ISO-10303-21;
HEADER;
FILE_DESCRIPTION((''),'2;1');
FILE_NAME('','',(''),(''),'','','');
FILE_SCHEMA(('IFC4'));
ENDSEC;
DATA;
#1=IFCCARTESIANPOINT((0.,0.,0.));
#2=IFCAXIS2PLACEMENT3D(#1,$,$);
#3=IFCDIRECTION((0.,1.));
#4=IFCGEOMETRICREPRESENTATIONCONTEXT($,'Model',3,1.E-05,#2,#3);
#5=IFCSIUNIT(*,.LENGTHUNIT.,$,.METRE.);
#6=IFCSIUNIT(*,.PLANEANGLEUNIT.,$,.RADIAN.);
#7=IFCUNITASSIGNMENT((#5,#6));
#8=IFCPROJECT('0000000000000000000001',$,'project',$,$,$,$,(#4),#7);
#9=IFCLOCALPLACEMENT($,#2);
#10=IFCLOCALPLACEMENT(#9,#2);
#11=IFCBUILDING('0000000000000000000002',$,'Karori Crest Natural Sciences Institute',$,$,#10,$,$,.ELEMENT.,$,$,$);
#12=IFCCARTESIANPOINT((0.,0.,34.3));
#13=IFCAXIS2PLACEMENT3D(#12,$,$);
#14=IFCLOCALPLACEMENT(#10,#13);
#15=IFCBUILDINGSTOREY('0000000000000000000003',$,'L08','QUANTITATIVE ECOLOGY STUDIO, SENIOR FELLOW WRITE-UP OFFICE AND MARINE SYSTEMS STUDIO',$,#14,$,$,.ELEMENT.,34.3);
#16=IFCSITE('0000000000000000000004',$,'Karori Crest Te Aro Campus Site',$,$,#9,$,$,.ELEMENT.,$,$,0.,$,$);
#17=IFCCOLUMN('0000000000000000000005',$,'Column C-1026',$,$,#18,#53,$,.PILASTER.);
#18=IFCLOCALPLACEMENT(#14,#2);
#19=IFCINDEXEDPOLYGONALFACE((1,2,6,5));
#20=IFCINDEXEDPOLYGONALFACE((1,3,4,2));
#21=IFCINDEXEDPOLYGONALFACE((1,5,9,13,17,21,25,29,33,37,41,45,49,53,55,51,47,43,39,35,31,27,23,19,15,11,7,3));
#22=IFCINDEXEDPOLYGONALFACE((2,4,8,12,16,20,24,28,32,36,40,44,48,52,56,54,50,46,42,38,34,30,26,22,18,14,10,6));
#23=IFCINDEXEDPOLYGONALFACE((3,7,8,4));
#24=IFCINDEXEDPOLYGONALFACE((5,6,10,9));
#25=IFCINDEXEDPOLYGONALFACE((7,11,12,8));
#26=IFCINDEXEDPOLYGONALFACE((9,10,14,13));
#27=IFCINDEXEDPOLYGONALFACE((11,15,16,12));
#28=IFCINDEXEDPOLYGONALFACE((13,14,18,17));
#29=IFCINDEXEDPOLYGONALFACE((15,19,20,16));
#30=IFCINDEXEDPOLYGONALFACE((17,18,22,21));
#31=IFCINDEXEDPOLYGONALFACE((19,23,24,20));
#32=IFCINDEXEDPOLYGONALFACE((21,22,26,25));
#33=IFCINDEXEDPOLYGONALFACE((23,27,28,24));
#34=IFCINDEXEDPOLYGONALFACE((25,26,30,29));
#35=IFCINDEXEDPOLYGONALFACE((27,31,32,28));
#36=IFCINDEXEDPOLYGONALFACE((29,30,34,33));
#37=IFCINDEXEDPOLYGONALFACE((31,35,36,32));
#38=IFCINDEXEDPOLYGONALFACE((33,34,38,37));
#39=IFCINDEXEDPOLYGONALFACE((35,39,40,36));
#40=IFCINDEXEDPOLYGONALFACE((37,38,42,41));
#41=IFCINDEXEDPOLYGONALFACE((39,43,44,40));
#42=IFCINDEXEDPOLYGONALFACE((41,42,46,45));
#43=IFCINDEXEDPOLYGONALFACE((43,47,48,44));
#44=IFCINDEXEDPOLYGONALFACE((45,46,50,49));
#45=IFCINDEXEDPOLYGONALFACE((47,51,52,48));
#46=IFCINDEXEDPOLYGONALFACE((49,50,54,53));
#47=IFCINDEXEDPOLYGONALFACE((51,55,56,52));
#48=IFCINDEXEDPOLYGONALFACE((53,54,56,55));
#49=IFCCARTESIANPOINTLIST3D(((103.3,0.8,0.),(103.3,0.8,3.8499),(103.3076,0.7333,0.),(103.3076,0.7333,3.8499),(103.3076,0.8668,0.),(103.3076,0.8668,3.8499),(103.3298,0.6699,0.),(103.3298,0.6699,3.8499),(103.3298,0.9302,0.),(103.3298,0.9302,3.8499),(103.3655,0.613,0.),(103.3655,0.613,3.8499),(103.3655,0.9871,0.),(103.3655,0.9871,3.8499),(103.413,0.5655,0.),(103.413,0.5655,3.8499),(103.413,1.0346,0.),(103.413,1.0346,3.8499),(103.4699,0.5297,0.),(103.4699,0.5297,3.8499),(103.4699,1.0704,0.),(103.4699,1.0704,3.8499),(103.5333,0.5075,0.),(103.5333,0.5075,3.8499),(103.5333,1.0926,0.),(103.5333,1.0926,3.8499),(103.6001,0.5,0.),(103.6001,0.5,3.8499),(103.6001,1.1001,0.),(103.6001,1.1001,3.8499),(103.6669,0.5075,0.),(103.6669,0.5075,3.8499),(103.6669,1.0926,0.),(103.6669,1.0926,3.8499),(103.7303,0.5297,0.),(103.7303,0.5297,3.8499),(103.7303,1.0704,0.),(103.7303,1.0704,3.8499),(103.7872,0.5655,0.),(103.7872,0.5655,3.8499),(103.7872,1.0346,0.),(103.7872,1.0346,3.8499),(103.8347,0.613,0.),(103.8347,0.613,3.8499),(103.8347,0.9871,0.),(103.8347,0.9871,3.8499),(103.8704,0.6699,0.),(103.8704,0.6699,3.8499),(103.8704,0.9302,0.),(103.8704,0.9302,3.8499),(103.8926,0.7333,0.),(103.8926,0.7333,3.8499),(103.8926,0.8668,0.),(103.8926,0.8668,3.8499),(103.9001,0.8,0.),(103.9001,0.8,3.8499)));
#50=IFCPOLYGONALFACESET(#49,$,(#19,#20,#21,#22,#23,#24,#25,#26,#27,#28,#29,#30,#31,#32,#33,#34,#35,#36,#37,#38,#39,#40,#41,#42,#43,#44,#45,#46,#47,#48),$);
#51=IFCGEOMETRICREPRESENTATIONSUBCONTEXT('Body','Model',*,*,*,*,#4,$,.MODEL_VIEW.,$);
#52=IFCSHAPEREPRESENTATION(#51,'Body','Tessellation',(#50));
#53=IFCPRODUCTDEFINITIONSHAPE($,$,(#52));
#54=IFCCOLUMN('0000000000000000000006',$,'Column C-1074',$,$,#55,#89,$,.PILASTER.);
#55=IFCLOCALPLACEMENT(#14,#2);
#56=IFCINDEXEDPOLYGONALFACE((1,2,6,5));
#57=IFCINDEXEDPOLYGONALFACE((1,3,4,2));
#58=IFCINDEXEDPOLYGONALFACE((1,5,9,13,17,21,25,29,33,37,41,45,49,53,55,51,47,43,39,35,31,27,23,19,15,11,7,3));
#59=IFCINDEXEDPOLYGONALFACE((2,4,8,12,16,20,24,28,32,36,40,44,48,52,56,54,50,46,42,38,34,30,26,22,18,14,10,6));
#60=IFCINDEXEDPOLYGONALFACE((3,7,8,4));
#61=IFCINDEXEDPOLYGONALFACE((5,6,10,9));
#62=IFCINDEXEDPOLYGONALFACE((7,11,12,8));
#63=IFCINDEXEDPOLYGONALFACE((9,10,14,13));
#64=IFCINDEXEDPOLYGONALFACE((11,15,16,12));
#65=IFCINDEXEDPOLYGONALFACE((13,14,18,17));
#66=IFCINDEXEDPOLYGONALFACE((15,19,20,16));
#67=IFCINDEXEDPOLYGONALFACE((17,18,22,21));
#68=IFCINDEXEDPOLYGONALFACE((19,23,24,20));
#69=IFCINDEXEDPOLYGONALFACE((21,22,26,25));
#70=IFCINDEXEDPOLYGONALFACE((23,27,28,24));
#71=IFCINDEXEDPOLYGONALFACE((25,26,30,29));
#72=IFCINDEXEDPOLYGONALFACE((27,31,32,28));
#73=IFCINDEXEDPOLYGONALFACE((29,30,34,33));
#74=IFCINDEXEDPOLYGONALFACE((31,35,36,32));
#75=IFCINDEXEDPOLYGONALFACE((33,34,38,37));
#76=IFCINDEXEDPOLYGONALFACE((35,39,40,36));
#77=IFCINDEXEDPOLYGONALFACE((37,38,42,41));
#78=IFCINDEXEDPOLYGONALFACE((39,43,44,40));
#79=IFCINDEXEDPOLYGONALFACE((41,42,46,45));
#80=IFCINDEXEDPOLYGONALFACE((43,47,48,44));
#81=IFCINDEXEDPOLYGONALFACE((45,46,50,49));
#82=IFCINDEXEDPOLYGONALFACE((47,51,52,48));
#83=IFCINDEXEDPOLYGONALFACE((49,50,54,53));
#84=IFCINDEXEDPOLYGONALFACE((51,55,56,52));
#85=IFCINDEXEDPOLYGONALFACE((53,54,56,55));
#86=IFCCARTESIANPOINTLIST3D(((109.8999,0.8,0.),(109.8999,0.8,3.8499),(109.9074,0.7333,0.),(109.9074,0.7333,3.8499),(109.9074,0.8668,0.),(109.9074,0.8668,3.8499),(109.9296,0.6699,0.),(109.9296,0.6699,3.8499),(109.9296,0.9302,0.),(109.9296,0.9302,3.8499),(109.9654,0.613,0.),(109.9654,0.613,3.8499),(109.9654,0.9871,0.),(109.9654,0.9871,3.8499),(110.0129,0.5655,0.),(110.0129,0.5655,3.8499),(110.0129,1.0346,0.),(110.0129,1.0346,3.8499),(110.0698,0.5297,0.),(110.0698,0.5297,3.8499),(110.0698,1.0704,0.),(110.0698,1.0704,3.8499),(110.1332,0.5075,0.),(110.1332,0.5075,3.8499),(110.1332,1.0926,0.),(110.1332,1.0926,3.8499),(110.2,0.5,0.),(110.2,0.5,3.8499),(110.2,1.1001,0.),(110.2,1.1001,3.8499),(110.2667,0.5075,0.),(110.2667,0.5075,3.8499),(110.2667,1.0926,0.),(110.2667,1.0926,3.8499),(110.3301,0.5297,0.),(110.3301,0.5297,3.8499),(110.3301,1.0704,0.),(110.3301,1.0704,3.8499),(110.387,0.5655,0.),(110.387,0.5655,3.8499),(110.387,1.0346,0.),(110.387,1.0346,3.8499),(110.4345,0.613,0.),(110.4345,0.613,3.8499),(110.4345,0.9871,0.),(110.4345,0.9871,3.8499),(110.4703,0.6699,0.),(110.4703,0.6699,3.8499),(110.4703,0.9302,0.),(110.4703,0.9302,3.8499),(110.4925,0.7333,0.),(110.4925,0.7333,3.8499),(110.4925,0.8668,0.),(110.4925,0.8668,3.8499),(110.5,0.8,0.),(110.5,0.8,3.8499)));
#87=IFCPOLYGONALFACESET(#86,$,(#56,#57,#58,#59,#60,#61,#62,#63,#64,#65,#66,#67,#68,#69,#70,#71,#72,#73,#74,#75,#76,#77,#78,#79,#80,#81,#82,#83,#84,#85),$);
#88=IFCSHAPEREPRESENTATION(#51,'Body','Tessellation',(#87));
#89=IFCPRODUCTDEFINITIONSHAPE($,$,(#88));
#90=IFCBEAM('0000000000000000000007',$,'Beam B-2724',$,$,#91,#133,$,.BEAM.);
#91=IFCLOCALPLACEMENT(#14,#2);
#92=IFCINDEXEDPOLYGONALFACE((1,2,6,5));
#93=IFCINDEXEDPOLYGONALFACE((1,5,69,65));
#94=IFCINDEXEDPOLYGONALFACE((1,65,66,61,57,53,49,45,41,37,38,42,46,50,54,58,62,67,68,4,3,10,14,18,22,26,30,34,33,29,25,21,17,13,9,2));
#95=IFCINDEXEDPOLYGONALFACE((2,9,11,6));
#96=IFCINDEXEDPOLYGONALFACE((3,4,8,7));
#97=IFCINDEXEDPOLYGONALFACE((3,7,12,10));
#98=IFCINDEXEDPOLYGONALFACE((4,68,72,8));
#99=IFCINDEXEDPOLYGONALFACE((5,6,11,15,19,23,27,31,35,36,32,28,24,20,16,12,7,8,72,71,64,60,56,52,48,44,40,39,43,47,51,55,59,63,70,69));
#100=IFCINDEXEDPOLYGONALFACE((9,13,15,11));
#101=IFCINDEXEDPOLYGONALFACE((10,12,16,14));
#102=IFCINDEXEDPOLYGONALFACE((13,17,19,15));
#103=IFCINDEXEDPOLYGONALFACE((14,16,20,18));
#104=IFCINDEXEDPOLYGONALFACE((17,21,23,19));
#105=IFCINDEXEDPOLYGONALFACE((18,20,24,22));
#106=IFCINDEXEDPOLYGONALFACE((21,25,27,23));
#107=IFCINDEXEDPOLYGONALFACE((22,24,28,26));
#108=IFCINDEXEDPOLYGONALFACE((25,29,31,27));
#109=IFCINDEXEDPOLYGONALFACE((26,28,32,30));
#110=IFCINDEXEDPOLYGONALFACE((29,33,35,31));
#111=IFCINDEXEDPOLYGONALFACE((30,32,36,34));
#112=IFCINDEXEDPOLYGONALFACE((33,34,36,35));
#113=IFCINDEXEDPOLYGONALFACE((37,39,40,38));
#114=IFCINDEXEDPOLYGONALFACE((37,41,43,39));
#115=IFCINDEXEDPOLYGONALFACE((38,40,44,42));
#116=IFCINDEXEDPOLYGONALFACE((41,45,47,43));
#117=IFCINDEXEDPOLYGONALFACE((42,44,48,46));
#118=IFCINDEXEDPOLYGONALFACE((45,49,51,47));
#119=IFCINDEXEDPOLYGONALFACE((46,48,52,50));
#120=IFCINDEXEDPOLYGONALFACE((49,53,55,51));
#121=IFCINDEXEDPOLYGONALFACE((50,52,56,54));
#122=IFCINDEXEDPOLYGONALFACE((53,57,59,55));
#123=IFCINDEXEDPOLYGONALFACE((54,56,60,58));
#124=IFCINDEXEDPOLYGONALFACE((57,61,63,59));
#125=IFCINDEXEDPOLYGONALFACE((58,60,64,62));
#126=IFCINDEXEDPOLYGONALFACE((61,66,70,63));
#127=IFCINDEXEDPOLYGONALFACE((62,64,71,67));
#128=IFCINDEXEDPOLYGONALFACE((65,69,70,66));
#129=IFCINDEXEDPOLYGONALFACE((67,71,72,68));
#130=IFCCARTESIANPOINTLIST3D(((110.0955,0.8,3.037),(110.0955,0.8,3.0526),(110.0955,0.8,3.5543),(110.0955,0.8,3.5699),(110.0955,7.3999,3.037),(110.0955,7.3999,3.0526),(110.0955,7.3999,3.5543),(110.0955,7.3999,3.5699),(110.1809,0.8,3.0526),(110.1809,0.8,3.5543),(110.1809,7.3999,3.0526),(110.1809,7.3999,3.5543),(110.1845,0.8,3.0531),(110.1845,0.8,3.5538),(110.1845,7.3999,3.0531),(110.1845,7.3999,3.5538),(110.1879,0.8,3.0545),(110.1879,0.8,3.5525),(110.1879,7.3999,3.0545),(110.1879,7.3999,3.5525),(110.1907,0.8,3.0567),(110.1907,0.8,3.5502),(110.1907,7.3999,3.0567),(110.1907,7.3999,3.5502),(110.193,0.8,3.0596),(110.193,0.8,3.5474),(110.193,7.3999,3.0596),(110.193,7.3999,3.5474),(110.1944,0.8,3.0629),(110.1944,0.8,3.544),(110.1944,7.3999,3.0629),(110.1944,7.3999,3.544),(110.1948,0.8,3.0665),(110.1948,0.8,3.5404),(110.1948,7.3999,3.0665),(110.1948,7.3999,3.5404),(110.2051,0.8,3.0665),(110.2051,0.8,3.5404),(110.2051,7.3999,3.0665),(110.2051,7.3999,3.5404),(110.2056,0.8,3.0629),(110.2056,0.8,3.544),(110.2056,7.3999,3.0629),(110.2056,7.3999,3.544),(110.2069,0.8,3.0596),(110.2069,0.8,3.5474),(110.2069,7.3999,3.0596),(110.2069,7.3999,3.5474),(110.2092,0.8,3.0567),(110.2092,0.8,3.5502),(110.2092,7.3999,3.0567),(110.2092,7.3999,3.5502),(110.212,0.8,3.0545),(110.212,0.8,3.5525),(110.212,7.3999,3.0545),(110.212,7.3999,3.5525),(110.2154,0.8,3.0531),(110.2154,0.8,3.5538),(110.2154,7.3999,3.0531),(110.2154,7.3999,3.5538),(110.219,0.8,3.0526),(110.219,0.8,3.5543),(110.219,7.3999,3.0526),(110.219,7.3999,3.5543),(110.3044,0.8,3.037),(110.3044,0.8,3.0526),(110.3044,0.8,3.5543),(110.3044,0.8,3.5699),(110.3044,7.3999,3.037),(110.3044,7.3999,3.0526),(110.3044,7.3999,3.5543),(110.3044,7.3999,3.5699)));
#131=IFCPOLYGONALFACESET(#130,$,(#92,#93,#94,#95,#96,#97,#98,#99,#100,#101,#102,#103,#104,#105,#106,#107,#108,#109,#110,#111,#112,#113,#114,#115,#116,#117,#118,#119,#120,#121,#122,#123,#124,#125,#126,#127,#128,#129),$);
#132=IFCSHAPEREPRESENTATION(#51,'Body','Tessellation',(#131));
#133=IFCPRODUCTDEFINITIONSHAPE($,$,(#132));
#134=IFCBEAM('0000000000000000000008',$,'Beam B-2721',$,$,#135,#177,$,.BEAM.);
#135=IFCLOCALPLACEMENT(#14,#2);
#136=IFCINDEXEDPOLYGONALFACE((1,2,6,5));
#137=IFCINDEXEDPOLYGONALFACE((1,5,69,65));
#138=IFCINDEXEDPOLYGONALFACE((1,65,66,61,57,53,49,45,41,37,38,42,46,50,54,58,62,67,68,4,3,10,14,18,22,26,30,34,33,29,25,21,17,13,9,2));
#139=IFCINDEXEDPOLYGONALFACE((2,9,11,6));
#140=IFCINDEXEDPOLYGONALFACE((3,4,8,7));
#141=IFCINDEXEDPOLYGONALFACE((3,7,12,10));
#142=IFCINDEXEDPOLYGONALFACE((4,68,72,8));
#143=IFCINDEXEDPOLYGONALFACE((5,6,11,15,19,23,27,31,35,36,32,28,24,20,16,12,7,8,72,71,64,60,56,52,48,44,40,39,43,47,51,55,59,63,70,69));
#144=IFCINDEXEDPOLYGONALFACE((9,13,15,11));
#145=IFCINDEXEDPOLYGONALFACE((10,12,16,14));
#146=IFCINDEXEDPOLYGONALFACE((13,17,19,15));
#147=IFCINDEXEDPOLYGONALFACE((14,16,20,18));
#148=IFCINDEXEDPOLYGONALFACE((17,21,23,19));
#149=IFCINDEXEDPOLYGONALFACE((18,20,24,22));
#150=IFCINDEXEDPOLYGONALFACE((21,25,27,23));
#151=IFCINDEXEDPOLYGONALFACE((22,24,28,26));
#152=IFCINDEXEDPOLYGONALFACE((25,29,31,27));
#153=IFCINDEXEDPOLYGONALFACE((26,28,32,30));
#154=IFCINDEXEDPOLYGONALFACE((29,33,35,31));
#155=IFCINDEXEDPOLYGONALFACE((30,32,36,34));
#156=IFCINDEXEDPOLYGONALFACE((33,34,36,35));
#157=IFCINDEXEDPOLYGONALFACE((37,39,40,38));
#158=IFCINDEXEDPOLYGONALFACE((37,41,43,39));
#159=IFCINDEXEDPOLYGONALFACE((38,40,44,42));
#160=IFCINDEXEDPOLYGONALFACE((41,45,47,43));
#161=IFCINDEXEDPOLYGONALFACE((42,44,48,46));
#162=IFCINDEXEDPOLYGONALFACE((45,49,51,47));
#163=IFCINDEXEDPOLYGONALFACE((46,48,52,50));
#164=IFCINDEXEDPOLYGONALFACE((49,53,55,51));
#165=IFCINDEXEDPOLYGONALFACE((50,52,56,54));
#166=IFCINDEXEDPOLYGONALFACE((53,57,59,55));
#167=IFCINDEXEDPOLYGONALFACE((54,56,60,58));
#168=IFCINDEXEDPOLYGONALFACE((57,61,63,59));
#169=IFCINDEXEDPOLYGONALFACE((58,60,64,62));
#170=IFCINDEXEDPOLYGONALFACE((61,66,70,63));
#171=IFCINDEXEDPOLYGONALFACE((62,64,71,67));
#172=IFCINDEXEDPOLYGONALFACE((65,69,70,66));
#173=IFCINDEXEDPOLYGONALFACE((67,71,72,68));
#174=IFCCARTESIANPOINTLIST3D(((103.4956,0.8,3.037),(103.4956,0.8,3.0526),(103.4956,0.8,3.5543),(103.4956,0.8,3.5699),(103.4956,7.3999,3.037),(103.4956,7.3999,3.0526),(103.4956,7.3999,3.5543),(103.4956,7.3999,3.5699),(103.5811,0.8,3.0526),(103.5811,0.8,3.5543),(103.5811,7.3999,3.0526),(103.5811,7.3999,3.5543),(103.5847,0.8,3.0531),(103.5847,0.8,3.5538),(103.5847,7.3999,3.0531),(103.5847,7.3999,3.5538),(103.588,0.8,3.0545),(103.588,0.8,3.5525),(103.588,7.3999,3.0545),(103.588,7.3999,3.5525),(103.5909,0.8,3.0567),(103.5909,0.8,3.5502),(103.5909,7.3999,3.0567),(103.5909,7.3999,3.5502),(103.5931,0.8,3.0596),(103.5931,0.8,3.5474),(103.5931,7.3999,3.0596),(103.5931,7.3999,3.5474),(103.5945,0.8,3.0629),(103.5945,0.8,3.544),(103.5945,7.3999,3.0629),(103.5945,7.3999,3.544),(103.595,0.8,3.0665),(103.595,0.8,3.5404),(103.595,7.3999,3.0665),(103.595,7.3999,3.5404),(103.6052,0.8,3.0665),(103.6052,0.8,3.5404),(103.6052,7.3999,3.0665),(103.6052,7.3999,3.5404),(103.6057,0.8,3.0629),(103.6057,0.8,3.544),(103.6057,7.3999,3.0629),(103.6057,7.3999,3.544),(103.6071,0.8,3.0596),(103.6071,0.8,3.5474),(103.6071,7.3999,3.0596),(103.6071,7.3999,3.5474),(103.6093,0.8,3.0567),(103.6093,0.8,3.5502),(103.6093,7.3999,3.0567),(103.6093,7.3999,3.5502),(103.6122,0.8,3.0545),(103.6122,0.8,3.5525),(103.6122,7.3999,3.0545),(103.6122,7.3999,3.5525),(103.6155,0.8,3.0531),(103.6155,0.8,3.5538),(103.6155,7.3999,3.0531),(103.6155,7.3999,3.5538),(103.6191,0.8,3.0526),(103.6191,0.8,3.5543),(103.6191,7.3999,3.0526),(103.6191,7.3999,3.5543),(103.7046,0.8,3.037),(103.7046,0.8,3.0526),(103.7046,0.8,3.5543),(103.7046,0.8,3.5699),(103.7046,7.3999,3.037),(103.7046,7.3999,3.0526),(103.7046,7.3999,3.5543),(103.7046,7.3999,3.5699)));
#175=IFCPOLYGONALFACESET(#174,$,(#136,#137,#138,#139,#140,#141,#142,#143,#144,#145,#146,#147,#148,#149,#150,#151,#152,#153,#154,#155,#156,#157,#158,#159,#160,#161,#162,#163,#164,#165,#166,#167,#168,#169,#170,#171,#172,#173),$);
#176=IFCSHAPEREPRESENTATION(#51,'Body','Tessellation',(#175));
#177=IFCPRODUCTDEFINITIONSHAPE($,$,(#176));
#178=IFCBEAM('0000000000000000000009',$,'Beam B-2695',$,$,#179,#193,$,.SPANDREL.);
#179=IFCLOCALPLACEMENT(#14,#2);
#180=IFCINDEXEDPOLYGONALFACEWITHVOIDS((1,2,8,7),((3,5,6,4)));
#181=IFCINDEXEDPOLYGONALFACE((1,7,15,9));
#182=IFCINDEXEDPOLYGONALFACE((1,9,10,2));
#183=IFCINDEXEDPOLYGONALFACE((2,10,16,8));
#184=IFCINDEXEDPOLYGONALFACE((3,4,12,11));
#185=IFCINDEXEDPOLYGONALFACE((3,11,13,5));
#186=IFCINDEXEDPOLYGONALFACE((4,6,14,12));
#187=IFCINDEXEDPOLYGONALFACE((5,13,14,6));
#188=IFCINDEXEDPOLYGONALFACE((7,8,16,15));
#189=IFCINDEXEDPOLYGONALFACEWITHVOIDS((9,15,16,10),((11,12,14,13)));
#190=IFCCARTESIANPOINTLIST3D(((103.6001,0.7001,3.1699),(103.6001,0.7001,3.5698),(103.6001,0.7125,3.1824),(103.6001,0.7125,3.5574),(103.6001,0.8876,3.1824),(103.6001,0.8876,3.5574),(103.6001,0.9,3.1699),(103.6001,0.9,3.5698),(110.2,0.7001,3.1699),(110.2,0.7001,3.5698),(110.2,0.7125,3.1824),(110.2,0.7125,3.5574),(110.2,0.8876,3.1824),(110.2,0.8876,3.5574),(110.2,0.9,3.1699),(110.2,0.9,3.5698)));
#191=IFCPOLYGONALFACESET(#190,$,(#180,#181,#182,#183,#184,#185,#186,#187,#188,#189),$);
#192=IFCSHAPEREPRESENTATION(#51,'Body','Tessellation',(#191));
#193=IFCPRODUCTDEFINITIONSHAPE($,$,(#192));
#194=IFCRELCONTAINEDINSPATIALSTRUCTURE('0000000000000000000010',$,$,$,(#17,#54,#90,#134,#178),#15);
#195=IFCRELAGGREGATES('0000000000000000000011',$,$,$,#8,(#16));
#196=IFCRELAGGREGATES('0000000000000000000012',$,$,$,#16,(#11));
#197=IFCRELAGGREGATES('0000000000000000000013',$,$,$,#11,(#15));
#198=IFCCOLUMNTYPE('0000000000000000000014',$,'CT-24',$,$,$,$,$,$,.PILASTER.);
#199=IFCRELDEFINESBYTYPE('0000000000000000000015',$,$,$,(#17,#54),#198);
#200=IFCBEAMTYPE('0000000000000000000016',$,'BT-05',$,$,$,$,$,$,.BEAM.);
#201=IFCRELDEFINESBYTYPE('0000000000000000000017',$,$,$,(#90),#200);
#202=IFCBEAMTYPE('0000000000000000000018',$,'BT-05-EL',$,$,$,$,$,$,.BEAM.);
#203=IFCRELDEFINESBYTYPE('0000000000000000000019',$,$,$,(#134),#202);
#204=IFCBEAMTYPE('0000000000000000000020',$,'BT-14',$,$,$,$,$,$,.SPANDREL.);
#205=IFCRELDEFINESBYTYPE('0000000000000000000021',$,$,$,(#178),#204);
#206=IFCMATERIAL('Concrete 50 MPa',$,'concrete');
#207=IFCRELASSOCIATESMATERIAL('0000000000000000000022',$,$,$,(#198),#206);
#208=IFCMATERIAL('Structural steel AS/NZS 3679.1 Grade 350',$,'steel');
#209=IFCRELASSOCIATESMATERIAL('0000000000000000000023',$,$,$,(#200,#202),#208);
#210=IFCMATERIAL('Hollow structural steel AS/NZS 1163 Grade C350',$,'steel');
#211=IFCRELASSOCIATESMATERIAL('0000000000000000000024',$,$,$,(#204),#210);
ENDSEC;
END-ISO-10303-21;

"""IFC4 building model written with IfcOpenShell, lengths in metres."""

from ifc_helpers import new_model, si_unit, direction, frame, origin, origin_2d, place, context, subcontext, project, spatial, hollow_rectangle, circle, i_section, extrude, material, material_profile, profile_set, type_object, element, save


model = new_model("IFC4")

# Units and contexts
model_context = context("Model", 3, precision=1e-05, world=origin(), true_north=direction((0.0, 1.0)))
body_context = subcontext(model_context, "Body", "Model", "MODEL_VIEW")
ifc_project = project(units=[si_unit("LENGTHUNIT", "METRE"), si_unit("PLANEANGLEUNIT", "RADIAN")], contexts=[model_context])

# Site, building, storey
site_placement = place(None, origin())
site = spatial("IfcSite", under=ifc_project, at=site_placement, Name="Karori Crest Te Aro Campus Site", CompositionType="ELEMENT", RefElevation=0.0)
building_placement = place(site_placement, origin())
building = spatial("IfcBuilding", under=site, at=building_placement, Name="Karori Crest Natural Sciences Institute", CompositionType="ELEMENT")
storey_placement = place(building_placement, frame((0.0, 0.0, 34.3)))
storey = spatial("IfcBuildingStorey", under=building, at=storey_placement, Name="L08", Description="QUANTITATIVE ECOLOGY STUDIO, SENIOR FELLOW WRITE-UP OFFICE AND MARINE SYSTEMS STUDIO", CompositionType="ELEMENT", Elevation=34.3)

# Columns
ifc_material_1 = material(Name="Concrete 50 MPa", Category="concrete")
ifc_material_profile_1 = material_profile(ifc_material_1, circle(Radius=0.3, at=origin_2d()), Name="RCC600")
ifc_profile_set_1 = profile_set([ifc_material_profile_1], Name="Concrete 50 MPa")
column_type = type_object("IfcColumnType", Name="CT-24", PredefinedType="PILASTER", material=ifc_profile_set_1)
for number, where, z_axis, x_axis, name in (
    (1, (103.6001, 0.8, 0.0), (0.0, 0.0, 1.0), (1.0, 0.0, 0.0), "Column C-1026"),
    (2, (110.2, 0.8, 0.0), (0.0, 0.0, 1.0), (1.0, 0.0, 0.0), "Column C-1074"),
):
    element("IfcColumn", number, at=place(storey_placement, frame(where, z_axis=z_axis, x_axis=x_axis)), inside=storey, type_object=column_type, Name=name, PredefinedType="PILASTER", context=body_context, shape_type="SweptSolid", body=[
        extrude(circle(Radius=0.3, at=origin_2d()), origin(), (0.0, 0.0, 1.0), 3.8499),
    ])

# Beams
ifc_material_2 = material(Name="Structural steel AS/NZS 3679.1 Grade 350", Category="steel")
ifc_material_profile_2 = material_profile(ifc_material_2, i_section(OverallWidth=0.209, OverallDepth=0.533, WebThickness=0.0103, FlangeThickness=0.0156, FilletRadius=0.0139, at=origin_2d()), Name="530UB92.4")
ifc_profile_set_2 = profile_set([ifc_material_profile_2], Name="Structural steel AS/NZS 3679.1 Grade 350")
beam_type_1 = type_object("IfcBeamType", Name="BT-05", PredefinedType="BEAM", material=ifc_profile_set_2)
beam_1_placement = place(storey_placement, frame((110.2, 0.8, 3.3035), z_axis=(0.0, 1.0, 0.0), x_axis=(-1.0, 0.0, 0.0)))
element("IfcBeam", 3, at=beam_1_placement, inside=storey, type_object=beam_type_1, Name="Beam B-2724", PredefinedType="BEAM", context=body_context, shape_type="SweptSolid", body=[
    extrude(i_section(OverallWidth=0.209, OverallDepth=0.533, WebThickness=0.0103, FlangeThickness=0.0156, FilletRadius=0.0139, at=origin_2d()), origin(), (0.0, 0.0, 1.0), 6.5999),
])
ifc_material_profile_3 = material_profile(ifc_material_2, i_section(OverallWidth=0.209, OverallDepth=0.533, WebThickness=0.0103, FlangeThickness=0.0156, FilletRadius=0.0139, at=origin_2d()), Name="530UB92.4")
ifc_profile_set_3 = profile_set([ifc_material_profile_3], Name="Structural steel AS/NZS 3679.1 Grade 350")
beam_type_2 = type_object("IfcBeamType", Name="BT-05-EL", PredefinedType="BEAM", material=ifc_profile_set_3)
beam_2_placement = place(storey_placement, frame((103.6001, 0.8, 3.3035), z_axis=(0.0, 1.0, 0.0), x_axis=(-1.0, 0.0, 0.0)))
element("IfcBeam", 4, at=beam_2_placement, inside=storey, type_object=beam_type_2, Name="Beam B-2721", PredefinedType="BEAM", context=body_context, shape_type="SweptSolid", body=[
    extrude(i_section(OverallWidth=0.209, OverallDepth=0.533, WebThickness=0.0103, FlangeThickness=0.0156, FilletRadius=0.0139, at=origin_2d()), origin(), (0.0, 0.0, 1.0), 6.5999),
])
ifc_material_3 = material(Name="Hollow structural steel AS/NZS 1163 Grade C350", Category="steel")
ifc_material_profile_4 = material_profile(ifc_material_3, hollow_rectangle(XDim=0.2, YDim=0.3999, WallThickness=0.0125, at=origin_2d()), Name="RHS400x200x12.5")
ifc_profile_set_4 = profile_set([ifc_material_profile_4], Name="Hollow structural steel AS/NZS 1163 Grade C350")
beam_type_3 = type_object("IfcBeamType", Name="BT-14", PredefinedType="SPANDREL", material=ifc_profile_set_4)
beam_3_placement = place(storey_placement, frame((103.6001, 0.8, 3.3699), z_axis=(1.0, 0.0, 0.0), x_axis=(0.0, 1.0, 0.0)))
element("IfcBeam", 5, at=beam_3_placement, inside=storey, type_object=beam_type_3, Name="Beam B-2695", PredefinedType="SPANDREL", context=body_context, shape_type="SweptSolid", body=[
    extrude(hollow_rectangle(XDim=0.2, YDim=0.3999, WallThickness=0.0125, at=origin_2d()), origin(), (0.0, 0.0, 1.0), 6.5999),
])

save(model, "model.ifc")
